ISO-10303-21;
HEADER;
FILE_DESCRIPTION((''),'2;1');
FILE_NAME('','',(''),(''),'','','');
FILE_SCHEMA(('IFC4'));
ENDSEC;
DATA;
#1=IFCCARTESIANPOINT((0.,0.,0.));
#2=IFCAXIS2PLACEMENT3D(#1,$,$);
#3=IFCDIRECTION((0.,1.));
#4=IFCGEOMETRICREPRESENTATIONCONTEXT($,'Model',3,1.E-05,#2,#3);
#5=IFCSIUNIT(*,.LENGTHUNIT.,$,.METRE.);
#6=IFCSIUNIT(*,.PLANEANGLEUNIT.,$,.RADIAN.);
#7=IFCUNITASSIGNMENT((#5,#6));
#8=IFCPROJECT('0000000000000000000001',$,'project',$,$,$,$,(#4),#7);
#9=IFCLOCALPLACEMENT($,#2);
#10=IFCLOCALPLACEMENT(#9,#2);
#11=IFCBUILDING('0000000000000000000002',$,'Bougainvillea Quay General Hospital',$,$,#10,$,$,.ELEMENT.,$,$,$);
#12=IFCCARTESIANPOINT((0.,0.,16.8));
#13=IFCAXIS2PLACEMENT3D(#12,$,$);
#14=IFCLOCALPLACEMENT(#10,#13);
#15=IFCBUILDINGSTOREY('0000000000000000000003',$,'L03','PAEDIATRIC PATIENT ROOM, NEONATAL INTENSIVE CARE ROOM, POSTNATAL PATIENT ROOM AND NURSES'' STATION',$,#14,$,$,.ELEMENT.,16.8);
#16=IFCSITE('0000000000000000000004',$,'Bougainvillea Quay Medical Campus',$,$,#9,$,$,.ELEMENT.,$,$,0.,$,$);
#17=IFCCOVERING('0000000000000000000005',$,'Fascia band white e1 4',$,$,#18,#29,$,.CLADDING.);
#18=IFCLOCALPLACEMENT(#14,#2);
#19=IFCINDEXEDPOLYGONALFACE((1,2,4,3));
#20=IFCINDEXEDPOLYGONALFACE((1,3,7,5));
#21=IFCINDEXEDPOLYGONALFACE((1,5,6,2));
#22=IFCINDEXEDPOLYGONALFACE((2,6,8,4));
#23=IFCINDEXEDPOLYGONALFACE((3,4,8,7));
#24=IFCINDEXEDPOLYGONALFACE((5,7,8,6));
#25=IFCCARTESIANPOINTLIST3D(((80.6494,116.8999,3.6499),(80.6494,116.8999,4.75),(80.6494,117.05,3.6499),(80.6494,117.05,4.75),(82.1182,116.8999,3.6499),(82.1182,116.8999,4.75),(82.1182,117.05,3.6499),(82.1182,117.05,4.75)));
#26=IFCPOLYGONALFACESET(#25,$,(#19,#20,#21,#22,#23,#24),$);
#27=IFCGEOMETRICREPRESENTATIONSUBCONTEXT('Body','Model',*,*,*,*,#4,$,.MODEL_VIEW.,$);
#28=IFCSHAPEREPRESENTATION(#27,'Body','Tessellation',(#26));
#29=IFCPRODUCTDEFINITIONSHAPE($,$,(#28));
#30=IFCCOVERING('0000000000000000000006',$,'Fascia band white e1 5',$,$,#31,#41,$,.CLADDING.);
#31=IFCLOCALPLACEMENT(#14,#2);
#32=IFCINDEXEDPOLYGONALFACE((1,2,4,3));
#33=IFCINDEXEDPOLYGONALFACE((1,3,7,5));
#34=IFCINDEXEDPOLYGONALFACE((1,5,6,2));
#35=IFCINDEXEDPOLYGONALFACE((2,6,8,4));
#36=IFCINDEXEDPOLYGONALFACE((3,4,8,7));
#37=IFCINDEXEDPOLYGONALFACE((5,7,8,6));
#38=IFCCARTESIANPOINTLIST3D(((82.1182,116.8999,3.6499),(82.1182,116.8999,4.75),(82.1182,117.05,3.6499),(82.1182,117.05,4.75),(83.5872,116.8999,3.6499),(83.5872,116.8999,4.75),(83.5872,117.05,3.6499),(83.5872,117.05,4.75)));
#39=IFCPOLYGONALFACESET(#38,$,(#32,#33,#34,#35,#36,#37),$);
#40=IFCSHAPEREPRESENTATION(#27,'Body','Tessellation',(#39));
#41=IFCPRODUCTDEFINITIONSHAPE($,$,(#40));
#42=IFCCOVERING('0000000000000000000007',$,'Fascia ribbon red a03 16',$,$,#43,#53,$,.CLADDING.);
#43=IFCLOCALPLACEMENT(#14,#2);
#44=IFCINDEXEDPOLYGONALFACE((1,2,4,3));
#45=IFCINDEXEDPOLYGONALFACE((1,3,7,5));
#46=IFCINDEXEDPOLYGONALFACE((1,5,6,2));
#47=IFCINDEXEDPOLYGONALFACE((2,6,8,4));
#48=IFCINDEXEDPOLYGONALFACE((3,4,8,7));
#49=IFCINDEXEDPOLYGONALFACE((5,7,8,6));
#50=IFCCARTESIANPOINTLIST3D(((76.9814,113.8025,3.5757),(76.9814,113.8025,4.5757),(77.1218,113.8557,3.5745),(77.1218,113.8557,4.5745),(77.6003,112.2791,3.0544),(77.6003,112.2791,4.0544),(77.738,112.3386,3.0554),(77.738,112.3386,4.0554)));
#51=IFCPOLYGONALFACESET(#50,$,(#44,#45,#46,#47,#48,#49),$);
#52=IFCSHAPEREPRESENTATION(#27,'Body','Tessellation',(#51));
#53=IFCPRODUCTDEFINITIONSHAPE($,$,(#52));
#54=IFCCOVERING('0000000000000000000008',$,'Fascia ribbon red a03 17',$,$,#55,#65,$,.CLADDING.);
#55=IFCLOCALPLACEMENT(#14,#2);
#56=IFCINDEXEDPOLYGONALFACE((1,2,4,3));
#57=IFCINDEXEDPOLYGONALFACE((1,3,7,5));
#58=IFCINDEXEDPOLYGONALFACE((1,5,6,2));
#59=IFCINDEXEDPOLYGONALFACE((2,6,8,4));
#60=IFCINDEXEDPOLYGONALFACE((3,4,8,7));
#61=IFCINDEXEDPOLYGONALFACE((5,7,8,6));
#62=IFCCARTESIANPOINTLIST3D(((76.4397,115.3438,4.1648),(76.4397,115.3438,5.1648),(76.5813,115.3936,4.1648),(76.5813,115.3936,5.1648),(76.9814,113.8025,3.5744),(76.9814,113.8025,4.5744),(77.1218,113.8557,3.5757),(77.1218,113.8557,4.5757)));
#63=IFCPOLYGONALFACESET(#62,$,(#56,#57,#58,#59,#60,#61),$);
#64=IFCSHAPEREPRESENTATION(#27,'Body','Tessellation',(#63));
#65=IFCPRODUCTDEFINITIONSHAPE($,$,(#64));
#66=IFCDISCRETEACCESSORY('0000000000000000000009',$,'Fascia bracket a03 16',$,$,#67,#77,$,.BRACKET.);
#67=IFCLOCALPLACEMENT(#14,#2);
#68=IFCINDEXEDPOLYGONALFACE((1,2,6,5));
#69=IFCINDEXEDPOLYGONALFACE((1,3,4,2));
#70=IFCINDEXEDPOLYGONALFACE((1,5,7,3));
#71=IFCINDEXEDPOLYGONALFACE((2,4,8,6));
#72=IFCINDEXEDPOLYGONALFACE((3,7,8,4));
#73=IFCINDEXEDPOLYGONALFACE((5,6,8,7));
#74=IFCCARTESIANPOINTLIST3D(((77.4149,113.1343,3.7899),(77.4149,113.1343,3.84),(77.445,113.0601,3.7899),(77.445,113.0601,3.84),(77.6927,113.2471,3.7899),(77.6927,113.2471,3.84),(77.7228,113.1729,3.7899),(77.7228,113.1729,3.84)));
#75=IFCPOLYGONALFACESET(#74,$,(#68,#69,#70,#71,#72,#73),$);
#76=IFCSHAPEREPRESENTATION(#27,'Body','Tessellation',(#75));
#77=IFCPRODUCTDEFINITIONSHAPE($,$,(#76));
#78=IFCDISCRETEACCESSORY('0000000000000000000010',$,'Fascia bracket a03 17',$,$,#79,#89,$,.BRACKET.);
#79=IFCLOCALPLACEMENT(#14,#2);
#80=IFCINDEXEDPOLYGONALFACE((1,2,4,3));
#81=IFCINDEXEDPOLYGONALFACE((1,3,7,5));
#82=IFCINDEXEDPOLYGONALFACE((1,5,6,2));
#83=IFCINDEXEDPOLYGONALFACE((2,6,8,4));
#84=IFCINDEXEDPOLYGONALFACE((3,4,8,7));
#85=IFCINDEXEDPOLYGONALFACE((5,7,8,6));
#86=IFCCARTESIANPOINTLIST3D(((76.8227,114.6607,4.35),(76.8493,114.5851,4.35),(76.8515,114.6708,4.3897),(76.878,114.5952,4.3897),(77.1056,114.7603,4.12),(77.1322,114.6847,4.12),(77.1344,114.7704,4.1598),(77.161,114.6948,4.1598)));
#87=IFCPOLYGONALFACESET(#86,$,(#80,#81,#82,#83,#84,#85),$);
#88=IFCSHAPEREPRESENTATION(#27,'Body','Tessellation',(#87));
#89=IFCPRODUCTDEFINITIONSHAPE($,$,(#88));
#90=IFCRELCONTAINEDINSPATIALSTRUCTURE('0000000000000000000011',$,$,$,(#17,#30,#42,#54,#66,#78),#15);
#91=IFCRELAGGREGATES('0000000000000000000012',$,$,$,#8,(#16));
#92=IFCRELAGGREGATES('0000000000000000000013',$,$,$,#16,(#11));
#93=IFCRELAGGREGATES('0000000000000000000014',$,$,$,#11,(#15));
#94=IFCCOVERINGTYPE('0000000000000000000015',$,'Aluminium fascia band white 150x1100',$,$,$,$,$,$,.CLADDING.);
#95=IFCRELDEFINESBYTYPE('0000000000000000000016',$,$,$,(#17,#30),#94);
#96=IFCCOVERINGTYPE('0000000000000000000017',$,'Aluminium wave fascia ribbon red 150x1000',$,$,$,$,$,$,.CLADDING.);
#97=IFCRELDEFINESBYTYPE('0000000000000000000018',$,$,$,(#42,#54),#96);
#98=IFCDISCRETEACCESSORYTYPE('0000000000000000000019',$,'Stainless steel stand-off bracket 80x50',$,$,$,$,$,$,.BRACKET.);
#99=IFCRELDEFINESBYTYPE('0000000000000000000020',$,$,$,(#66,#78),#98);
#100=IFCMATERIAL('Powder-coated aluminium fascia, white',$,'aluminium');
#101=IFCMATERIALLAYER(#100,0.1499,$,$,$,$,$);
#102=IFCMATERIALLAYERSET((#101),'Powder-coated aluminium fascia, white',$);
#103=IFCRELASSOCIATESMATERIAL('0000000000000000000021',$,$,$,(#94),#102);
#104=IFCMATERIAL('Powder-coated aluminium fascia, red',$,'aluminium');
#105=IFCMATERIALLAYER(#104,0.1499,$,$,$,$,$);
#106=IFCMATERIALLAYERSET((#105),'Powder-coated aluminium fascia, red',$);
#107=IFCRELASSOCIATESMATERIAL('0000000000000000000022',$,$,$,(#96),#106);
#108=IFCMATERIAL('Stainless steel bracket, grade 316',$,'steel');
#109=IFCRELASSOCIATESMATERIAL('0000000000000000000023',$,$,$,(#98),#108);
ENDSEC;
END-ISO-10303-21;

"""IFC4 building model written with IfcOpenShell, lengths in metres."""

from ifc_helpers import new_model, si_unit, direction, frame, origin, origin_2d, place, context, subcontext, project, spatial, polyline, rectangle, outline, extrude, material, layer, layer_set, material_profile, profile_set, type_object, element, save


model = new_model("IFC4")

# Units and contexts
model_context = context("Model", 3, precision=1e-05, world=origin(), true_north=direction((0.0, 1.0)))
body_context = subcontext(model_context, "Body", "Model", "MODEL_VIEW")
ifc_project = project(units=[si_unit("LENGTHUNIT", "METRE"), si_unit("PLANEANGLEUNIT", "RADIAN")], contexts=[model_context])

# Site, building, storey
site_placement = place(None, origin())
site = spatial("IfcSite", under=ifc_project, at=site_placement, Name="Bougainvillea Quay Medical Campus", CompositionType="ELEMENT", RefElevation=0.0)
building_placement = place(site_placement, origin())
building = spatial("IfcBuilding", under=site, at=building_placement, Name="Bougainvillea Quay General Hospital", CompositionType="ELEMENT")
storey_placement = place(building_placement, frame((0.0, 0.0, 16.8)))
storey = spatial("IfcBuildingStorey", under=building, at=storey_placement, Name="L03", Description="PAEDIATRIC PATIENT ROOM, NEONATAL INTENSIVE CARE ROOM, POSTNATAL PATIENT ROOM AND NURSES' STATION", CompositionType="ELEMENT", Elevation=16.8)

# Coverings
ifc_material_1 = material(Name="Powder-coated aluminium fascia, white", Category="aluminium")
ifc_layer_1 = layer(ifc_material_1, 0.1499)
ifc_layer_set_1 = layer_set([ifc_layer_1], Name="Powder-coated aluminium fascia, white")
covering_type_1 = type_object("IfcCoveringType", Name="Aluminium fascia band white 150x1100", PredefinedType="CLADDING", material=ifc_layer_set_1)
for number, where, z_axis, x_axis, name in (
    (1, (80.6494, 117.05, 3.6499), (0.0, 0.0, 1.0), (1.0, 0.0, 0.0), "Fascia band white e1 4"),
):
    element("IfcCovering", number, at=place(storey_placement, frame(where, z_axis=z_axis, x_axis=x_axis)), inside=storey, type_object=covering_type_1, Name=name, PredefinedType="CLADDING", context=body_context, shape_type="SweptSolid", body=[
        extrude(outline(polyline([(0.0, 0.0), (1.4688, 0.0), (1.4688, -0.1501), (0.0, -0.1501), (0.0, 0.0)])), origin(), (0.0, 0.0, 1.0), 1.1001),
    ])
covering_1_placement = place(storey_placement, frame((82.1182, 117.05, 3.6499), z_axis=(0.0, 0.0, 1.0), x_axis=(1.0, 0.0, 0.0)))
element("IfcCovering", 2, at=covering_1_placement, inside=storey, type_object=covering_type_1, Name="Fascia band white e1 5", PredefinedType="CLADDING", context=body_context, shape_type="SweptSolid", body=[
    extrude(outline(polyline([(0.0, 0.0), (1.469, 0.0), (1.469, -0.1501), (0.0, -0.1501), (0.0, 0.0)])), origin(), (0.0, 0.0, 1.0), 1.1001),
])
ifc_material_2 = material(Name="Powder-coated aluminium fascia, red", Category="aluminium")
ifc_layer_2 = layer(ifc_material_2, 0.1499)
ifc_layer_set_2 = layer_set([ifc_layer_2], Name="Powder-coated aluminium fascia, red")
covering_type_2 = type_object("IfcCoveringType", Name="Aluminium wave fascia ribbon red 150x1000", PredefinedType="CLADDING", material=ifc_layer_set_2)
covering_2_placement = place(storey_placement, frame((77.738, 112.3386, 3.0554), z_axis=(0.114296, -0.279717, 0.953255), x_axis=(-0.35873, 0.883181, 0.302167)))
element("IfcCovering", 3, at=covering_2_placement, inside=storey, type_object=covering_type_2, Name="Fascia ribbon red a03 16", PredefinedType="CLADDING", context=body_context, shape_type="SweptSolid", body=[
    extrude(outline(polyline([(0.0, 0.0), (1.7178, 0.0), (1.7215, 0.1501), (-0.0035, 0.15), (0.0, 0.0)])), origin(), (0.302167, 0.000601, 0.953255), 1.0),
])
covering_3_placement = place(storey_placement, frame((77.1218, 113.8557, 3.5757), z_axis=(0.113035, -0.320516, 0.940475), x_axis=(-0.311859, 0.887263, 0.339864)))
element("IfcCovering", 4, at=covering_3_placement, inside=storey, type_object=covering_type_2, Name="Fascia ribbon red a03 17", PredefinedType="CLADDING", context=body_context, shape_type="SweptSolid", body=[
    extrude(outline(polyline([(0.0, 0.0), (1.7333, 0.0), (1.7332, 0.1501), (-0.0039, 0.1501), (0.0, 0.0)])), origin(), (0.339864, 0.000336, 0.940475), 1.0),
])

# Discrete accessories
ifc_material_3 = material(Name="Stainless steel bracket, grade 316", Category="steel")
ifc_material_profile_1 = material_profile(ifc_material_3, rectangle(XDim=0.0801, YDim=0.05, at=origin_2d()))
ifc_profile_set_1 = profile_set([ifc_material_profile_1], Name="Stainless steel bracket, grade 316")
discrete_accessory_type = type_object("IfcDiscreteAccessoryType", Name="Stainless steel stand-off bracket 80x50", PredefinedType="BRACKET", material=ifc_profile_set_1)
discrete_accessory_1_placement = place(storey_placement, frame((77.7078, 113.21, 3.8149), z_axis=(-0.926555, -0.376159, 0.0), x_axis=(0.376159, -0.926555, 0.0)))
element("IfcDiscreteAccessory", 5, at=discrete_accessory_1_placement, inside=storey, type_object=discrete_accessory_type, Name="Fascia bracket a03 16", PredefinedType="BRACKET", context=body_context, shape_type="SweptSolid", body=[
    extrude(rectangle(XDim=0.0801, YDim=0.05, at=origin_2d()), origin(), (0.0, 0.0, 1.0), 0.2998),
])
discrete_accessory_2_placement = place(storey_placement, frame((77.1333, 114.7275, 4.1399), z_axis=(-0.748582, -0.263522, 0.608425), x_axis=(0.332054, -0.94326, 0.0)))
element("IfcDiscreteAccessory", 6, at=discrete_accessory_2_placement, inside=storey, type_object=discrete_accessory_type, Name="Fascia bracket a03 17", PredefinedType="BRACKET", context=body_context, shape_type="SweptSolid", body=[
    extrude(rectangle(XDim=0.0801, YDim=0.05, at=origin_2d()), origin(), (0.0, 0.0, 1.0), 0.3779),
])

save(model, "model.ifc")
